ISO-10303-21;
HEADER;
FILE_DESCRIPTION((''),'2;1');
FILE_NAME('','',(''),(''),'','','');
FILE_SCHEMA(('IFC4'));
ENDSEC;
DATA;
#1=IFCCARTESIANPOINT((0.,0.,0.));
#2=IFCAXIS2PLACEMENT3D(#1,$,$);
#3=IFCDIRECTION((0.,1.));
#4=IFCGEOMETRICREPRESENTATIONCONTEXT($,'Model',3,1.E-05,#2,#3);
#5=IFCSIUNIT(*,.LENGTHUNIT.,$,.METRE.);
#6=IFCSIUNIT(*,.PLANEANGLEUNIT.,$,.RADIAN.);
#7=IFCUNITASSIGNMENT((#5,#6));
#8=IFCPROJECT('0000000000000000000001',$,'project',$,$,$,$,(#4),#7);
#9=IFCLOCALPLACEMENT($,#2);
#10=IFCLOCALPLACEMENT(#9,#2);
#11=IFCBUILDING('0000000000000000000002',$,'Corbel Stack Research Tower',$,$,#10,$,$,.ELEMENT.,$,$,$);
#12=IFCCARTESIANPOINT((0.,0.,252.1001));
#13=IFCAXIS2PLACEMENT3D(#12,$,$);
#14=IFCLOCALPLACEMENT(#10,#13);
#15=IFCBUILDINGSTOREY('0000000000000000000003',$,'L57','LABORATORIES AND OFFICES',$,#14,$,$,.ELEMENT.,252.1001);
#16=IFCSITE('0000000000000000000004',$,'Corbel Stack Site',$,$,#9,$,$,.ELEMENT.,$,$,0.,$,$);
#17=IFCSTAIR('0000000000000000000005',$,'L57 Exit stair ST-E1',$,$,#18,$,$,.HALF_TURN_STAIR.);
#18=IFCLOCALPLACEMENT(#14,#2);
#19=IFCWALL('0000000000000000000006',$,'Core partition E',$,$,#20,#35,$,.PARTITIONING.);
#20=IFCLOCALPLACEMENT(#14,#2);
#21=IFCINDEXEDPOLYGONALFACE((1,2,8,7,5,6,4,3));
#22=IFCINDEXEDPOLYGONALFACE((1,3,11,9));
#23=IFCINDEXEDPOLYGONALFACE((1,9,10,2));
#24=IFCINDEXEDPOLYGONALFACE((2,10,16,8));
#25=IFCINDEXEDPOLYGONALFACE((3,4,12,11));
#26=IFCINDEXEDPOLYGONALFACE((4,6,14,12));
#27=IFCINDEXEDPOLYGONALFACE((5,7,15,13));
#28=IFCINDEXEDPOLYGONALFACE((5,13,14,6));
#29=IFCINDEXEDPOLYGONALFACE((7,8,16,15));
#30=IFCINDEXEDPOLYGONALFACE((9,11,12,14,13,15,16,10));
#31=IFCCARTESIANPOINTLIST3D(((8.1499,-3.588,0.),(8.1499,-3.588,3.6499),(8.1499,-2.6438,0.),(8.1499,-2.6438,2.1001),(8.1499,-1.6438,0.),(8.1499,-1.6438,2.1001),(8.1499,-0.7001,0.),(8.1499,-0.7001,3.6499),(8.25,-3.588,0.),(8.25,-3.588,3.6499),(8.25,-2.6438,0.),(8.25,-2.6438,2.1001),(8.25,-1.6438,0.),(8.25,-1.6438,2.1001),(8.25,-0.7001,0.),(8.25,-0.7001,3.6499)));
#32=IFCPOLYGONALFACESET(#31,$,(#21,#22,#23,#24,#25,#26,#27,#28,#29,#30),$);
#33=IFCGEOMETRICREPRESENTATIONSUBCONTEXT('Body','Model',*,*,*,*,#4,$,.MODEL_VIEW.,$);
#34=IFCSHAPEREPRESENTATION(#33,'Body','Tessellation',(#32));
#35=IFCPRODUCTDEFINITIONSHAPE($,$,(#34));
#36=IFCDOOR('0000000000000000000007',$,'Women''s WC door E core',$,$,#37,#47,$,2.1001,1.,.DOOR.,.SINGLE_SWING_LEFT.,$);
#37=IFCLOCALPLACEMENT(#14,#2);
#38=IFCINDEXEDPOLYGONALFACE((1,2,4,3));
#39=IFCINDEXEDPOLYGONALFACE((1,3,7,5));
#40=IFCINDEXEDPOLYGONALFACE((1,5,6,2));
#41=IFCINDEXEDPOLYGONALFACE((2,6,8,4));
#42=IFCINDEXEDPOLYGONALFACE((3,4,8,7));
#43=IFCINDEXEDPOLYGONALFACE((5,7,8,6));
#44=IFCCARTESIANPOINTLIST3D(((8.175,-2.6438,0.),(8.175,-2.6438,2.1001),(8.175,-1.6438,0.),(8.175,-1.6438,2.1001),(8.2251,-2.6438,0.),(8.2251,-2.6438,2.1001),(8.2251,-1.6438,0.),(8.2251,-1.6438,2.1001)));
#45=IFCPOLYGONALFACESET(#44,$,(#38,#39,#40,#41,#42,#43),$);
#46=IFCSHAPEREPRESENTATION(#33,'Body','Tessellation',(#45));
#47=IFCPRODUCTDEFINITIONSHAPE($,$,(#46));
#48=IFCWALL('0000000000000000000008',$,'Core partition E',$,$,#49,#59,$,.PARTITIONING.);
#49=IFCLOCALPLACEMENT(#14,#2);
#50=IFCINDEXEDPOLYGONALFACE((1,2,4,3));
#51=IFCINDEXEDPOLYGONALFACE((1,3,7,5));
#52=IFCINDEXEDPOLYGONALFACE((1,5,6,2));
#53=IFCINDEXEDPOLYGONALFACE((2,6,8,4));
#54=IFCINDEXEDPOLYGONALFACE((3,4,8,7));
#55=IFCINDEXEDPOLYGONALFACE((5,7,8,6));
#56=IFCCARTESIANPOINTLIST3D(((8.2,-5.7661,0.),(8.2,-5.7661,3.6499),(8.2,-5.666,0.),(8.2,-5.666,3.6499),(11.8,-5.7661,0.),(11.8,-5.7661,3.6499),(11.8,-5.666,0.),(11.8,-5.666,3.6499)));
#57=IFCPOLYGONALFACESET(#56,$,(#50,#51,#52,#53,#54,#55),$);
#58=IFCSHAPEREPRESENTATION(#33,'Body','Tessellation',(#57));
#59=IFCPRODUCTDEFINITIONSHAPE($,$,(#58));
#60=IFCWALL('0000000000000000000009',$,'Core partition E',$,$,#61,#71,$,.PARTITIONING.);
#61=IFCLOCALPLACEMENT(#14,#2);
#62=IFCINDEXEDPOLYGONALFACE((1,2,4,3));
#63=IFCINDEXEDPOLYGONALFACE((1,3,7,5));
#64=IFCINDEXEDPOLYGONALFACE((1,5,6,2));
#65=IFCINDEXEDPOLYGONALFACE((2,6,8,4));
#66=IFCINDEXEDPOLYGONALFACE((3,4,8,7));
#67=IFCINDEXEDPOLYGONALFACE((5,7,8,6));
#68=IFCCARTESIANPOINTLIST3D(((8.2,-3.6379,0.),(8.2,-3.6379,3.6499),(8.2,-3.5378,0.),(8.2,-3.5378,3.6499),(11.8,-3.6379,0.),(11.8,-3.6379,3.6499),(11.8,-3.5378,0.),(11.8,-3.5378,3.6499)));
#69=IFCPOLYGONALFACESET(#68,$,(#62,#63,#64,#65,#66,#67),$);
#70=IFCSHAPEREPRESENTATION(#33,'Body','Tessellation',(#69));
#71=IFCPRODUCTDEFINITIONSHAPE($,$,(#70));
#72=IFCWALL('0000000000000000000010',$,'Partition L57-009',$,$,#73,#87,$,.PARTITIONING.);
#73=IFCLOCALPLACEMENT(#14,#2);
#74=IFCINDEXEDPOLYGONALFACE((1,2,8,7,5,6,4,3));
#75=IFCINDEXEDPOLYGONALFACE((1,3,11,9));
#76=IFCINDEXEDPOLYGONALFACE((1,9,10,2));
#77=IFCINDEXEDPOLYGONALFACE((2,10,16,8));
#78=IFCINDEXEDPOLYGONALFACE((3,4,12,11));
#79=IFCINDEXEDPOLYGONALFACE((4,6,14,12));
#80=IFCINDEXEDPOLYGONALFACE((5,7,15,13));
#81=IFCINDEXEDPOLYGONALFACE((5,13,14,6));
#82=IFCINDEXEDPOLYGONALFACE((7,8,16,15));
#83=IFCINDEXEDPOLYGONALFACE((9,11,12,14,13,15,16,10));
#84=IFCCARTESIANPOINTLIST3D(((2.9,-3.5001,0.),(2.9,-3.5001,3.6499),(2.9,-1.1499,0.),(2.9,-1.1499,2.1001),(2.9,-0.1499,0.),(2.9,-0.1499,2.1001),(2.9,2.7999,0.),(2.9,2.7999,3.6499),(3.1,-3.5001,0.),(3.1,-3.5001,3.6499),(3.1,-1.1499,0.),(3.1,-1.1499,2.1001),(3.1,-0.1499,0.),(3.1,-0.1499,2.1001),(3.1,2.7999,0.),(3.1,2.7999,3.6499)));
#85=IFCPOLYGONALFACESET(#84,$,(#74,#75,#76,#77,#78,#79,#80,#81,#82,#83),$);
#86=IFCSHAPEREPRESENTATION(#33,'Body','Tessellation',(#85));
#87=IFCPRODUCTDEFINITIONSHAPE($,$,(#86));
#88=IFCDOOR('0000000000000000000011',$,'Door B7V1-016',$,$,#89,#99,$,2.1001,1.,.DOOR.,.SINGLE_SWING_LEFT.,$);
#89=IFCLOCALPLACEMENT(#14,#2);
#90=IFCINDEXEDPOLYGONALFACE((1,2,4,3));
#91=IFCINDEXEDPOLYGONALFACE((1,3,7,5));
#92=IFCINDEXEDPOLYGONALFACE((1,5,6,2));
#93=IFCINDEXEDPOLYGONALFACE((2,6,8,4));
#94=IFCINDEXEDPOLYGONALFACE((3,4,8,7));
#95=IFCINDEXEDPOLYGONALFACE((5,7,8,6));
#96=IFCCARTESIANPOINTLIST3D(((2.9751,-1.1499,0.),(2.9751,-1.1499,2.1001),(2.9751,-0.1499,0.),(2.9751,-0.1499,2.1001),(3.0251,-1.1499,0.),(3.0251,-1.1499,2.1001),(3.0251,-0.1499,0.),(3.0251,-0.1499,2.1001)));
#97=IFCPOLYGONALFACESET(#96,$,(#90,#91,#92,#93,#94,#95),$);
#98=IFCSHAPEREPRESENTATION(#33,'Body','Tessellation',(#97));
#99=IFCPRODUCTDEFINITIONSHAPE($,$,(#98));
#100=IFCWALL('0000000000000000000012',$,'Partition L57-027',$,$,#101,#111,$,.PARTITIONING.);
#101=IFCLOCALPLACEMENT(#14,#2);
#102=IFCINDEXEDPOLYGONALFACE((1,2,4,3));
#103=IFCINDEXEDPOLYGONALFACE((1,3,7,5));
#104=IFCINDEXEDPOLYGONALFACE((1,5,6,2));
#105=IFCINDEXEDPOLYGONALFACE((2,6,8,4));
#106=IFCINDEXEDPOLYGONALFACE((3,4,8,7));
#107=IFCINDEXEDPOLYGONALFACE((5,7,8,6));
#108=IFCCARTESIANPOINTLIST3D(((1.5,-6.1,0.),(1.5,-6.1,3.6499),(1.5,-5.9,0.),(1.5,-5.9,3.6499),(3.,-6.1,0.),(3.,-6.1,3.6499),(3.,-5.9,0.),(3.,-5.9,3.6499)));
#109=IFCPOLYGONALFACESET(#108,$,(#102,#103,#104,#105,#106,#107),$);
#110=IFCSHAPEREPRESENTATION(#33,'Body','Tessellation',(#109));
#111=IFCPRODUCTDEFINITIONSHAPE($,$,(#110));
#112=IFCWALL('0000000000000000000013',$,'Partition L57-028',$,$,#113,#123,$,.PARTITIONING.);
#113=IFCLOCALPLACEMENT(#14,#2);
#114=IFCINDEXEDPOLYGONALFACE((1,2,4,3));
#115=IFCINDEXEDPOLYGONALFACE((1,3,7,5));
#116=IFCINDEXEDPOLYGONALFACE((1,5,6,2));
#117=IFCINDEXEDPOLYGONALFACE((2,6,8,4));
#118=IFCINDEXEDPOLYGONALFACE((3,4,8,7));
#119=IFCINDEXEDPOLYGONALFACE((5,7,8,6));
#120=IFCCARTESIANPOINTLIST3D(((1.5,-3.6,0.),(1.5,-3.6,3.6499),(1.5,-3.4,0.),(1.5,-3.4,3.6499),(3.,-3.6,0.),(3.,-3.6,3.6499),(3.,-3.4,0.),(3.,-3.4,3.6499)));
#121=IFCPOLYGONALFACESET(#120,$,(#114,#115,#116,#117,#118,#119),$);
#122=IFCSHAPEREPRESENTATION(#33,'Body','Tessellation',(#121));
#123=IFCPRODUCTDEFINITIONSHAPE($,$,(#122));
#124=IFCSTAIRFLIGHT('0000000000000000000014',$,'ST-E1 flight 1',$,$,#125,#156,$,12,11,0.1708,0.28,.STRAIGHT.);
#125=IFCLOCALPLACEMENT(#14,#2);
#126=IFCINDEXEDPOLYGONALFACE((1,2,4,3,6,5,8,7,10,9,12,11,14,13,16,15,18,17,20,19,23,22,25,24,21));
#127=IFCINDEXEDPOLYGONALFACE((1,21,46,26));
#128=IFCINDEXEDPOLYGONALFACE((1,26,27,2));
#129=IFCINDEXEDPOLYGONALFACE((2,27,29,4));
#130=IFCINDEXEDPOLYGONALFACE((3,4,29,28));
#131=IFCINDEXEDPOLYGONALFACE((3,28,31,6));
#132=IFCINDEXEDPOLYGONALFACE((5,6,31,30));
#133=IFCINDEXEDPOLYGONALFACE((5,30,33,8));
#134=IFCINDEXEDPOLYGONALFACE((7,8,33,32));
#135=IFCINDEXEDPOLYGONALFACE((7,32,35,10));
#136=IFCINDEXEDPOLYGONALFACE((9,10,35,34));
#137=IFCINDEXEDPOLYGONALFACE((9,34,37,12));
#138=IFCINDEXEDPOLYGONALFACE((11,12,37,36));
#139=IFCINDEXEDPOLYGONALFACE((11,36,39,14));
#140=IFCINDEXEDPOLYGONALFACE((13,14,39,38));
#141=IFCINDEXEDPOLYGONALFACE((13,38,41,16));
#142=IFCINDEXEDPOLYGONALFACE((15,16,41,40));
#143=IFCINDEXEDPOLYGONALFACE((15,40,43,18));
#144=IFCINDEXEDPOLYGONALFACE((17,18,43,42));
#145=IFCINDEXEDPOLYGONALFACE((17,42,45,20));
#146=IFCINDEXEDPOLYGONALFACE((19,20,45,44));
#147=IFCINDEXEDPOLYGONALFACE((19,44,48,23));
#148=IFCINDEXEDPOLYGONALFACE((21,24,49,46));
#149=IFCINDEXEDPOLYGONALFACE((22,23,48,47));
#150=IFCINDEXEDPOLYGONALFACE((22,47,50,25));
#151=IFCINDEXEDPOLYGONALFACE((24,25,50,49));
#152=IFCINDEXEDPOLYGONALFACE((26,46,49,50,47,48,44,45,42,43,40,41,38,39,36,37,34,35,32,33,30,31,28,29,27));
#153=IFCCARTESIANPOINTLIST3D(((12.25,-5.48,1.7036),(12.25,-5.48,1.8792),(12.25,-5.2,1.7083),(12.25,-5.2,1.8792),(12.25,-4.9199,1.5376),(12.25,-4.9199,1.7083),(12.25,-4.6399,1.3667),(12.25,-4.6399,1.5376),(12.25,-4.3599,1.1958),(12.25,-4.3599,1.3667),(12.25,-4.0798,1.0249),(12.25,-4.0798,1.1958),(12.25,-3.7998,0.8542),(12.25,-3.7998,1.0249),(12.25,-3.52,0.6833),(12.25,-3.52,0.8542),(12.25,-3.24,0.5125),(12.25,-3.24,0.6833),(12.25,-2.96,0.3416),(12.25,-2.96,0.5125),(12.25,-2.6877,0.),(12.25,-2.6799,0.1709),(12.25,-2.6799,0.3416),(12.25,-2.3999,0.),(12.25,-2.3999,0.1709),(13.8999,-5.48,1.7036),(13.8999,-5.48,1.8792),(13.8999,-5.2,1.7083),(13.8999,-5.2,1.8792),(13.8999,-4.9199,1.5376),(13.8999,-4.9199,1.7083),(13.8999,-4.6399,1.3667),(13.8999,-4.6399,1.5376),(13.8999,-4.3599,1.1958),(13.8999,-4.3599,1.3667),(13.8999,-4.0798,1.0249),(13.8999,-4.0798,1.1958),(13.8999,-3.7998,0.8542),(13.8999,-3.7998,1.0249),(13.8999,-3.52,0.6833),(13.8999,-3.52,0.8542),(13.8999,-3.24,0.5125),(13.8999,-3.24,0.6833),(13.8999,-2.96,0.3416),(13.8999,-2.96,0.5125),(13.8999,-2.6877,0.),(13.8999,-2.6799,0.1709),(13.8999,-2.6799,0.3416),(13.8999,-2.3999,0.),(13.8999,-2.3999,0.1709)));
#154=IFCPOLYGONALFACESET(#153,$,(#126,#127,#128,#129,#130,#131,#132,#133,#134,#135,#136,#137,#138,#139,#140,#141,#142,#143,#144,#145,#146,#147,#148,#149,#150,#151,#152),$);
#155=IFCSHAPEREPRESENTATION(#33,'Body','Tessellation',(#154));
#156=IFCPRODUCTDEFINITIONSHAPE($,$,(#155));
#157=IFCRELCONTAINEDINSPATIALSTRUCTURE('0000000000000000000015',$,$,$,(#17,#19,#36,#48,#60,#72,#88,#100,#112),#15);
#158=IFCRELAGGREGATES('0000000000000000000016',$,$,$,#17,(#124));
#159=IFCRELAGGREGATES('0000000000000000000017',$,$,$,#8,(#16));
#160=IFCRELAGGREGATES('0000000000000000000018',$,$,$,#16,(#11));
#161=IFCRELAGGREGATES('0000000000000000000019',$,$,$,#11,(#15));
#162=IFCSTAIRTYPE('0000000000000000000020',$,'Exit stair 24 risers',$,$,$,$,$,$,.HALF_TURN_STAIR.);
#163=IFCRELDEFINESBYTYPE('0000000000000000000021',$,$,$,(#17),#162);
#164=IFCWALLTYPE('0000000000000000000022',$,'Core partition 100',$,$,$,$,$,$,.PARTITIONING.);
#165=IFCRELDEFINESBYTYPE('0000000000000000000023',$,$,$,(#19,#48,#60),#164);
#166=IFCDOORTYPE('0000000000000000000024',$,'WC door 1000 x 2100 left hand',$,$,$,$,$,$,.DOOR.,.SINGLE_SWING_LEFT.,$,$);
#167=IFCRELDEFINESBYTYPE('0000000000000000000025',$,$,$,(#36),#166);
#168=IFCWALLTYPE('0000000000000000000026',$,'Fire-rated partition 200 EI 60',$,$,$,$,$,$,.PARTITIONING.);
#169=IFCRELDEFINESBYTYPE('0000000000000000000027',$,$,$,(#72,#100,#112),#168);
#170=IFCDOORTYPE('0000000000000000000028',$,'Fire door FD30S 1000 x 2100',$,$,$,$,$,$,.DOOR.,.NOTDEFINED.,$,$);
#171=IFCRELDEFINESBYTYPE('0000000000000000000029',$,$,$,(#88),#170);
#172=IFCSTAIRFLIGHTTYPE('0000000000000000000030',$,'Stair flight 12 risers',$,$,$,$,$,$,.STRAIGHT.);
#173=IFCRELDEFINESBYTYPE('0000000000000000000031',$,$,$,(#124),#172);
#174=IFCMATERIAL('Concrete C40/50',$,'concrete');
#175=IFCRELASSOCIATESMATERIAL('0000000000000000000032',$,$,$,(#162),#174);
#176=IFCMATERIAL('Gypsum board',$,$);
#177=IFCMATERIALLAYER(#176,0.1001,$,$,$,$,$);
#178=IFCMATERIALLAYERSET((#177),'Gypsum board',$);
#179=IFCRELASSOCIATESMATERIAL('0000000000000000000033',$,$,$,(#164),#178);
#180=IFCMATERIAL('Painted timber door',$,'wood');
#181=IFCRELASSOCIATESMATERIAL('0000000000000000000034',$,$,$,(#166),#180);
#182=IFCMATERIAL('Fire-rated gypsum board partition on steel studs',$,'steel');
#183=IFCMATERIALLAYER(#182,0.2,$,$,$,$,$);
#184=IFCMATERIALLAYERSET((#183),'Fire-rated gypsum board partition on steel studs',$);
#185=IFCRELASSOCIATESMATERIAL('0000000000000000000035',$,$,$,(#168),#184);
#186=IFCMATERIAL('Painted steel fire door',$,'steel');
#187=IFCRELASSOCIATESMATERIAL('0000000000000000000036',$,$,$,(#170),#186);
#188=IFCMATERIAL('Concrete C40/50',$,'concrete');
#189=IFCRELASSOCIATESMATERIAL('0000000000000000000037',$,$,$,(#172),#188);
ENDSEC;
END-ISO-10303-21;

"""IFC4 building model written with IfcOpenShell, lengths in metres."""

from ifc_helpers import new_model, si_unit, direction, frame, frame_2d, origin, place, context, subcontext, project, spatial, polyline, rectangle, outline, extrude, material, layer, layer_set, type_object, element, fill, aggregate, save


model = new_model("IFC4")

# Units and contexts
model_context = context("Model", 3, precision=1e-05, world=origin(), true_north=direction((0.0, 1.0)))
body_context = subcontext(model_context, "Body", "Model", "MODEL_VIEW")
ifc_project = project(units=[si_unit("LENGTHUNIT", "METRE"), si_unit("PLANEANGLEUNIT", "RADIAN")], contexts=[model_context])

# Site, building, storey
site_placement = place(None, origin())
site = spatial("IfcSite", under=ifc_project, at=site_placement, Name="Corbel Stack Site", CompositionType="ELEMENT", RefElevation=0.0)
building_placement = place(site_placement, origin())
building = spatial("IfcBuilding", under=site, at=building_placement, Name="Corbel Stack Research Tower", CompositionType="ELEMENT")
storey_placement = place(building_placement, frame((0.0, 0.0, 252.1001)))
storey = spatial("IfcBuildingStorey", under=building, at=storey_placement, Name="L57", Description="LABORATORIES AND OFFICES", CompositionType="ELEMENT", Elevation=252.1001)

# Stair
ifc_material_1 = material(Name="Concrete C40/50", Category="concrete")
stair_type = type_object("IfcStairType", Name="Exit stair 24 risers", PredefinedType="HALF_TURN_STAIR", material=ifc_material_1)
stair_1_placement = place(storey_placement, origin())
stair_1 = element("IfcStair", 1, at=stair_1_placement, inside=storey, type_object=stair_type, Name="L57 Exit stair ST-E1", PredefinedType="HALF_TURN_STAIR")

# Wall, opening, door
ifc_material_2 = material(Name="Gypsum board")
ifc_layer_1 = layer(ifc_material_2, 0.1001)
ifc_layer_set_1 = layer_set([ifc_layer_1], Name="Gypsum board")
wall_type_1 = type_object("IfcWallType", Name="Core partition 100", PredefinedType="PARTITIONING", material=ifc_layer_set_1)
wall_1_placement = place(storey_placement, frame((8.2, -3.5879, 0.0), z_axis=(0.0, 0.0, 1.0), x_axis=(0.0, 1.0, 0.0)))
wall_1 = element("IfcWall", 2, at=wall_1_placement, inside=storey, type_object=wall_type_1, Name="Core partition E", PredefinedType="PARTITIONING", context=body_context, shape_type="SweptSolid", body=[
    extrude(rectangle(XDim=2.8879, YDim=0.1001, at=frame_2d((1.4438, 0.0))), origin(), (0.0, 0.0, 1.0), 3.6499),
])
opening_1_placement = place(wall_1_placement, frame((0.9441, 0.0, 0.0)))
opening_1 = element("IfcOpeningElement", 3, at=opening_1_placement, cuts=wall_1, PredefinedType="OPENING", context=body_context, shape_type="SweptSolid", body=[
    extrude(rectangle(XDim=1.0, YDim=2.1001, at=frame_2d((0.5, 1.05))), frame((0.0, 0.0601, 0.0), z_axis=(0.0, -1.0, 0.0), x_axis=(1.0, 0.0, 0.0)), (0.0, 0.0, 1.0), 0.1201),
])
ifc_material_3 = material(Name="Painted timber door", Category="wood")
door_type_1 = type_object("IfcDoorType", Name="WC door 1000 x 2100 left hand", OperationType="SINGLE_SWING_LEFT", PredefinedType="DOOR", material=ifc_material_3)
door_1_placement = place(opening_1_placement, origin())
door_1 = element("IfcDoor", 4, at=door_1_placement, inside=storey, type_object=door_type_1, Name="Women's WC door E core", OperationType="SINGLE_SWING_LEFT", OverallHeight=2.1001, OverallWidth=1.0, PredefinedType="DOOR", context=body_context, shape_type="SweptSolid", body=[
    extrude(rectangle(XDim=1.0, YDim=2.1001, at=frame_2d((0.5, 1.05))), frame((0.0, 0.0249, 0.0), z_axis=(0.0, -1.0, 0.0), x_axis=(1.0, 0.0, 0.0)), (0.0, 0.0, 1.0), 0.05),
])
fill(opening_1, door_1)

# Walls
for number, where, z_axis, x_axis, name in (
    (5, (8.2, -5.7161, 0.0), (0.0, 0.0, 1.0), (1.0, 0.0, 0.0), "Core partition E"),
    (6, (8.2, -3.5879, 0.0), (0.0, 0.0, 1.0), (1.0, 0.0, 0.0), "Core partition E"),
):
    element("IfcWall", number, at=place(storey_placement, frame(where, z_axis=z_axis, x_axis=x_axis)), inside=storey, type_object=wall_type_1, Name=name, PredefinedType="PARTITIONING", context=body_context, shape_type="SweptSolid", body=[
        extrude(rectangle(XDim=3.6001, YDim=0.1001, at=frame_2d((1.8, 0.0))), origin(), (0.0, 0.0, 1.0), 3.6499),
    ])

# Wall, opening, door
ifc_material_4 = material(Name="Fire-rated gypsum board partition on steel studs", Category="steel")
ifc_layer_2 = layer(ifc_material_4, 0.2)
ifc_layer_set_2 = layer_set([ifc_layer_2], Name="Fire-rated gypsum board partition on steel studs")
wall_type_2 = type_object("IfcWallType", Name="Fire-rated partition 200 EI 60", PredefinedType="PARTITIONING", material=ifc_layer_set_2)
wall_2_placement = place(storey_placement, frame((3.0, -3.5, 0.0), z_axis=(0.0, 0.0, 1.0), x_axis=(0.0, 1.0, 0.0)))
wall_2 = element("IfcWall", 7, at=wall_2_placement, inside=storey, type_object=wall_type_2, Name="Partition L57-009", PredefinedType="PARTITIONING", context=body_context, shape_type="SweptSolid", body=[
    extrude(rectangle(XDim=6.3, YDim=0.2, at=frame_2d((3.1499, 0.0))), origin(), (0.0, 0.0, 1.0), 3.6499),
])
opening_2_placement = place(wall_2_placement, frame((2.3501, 0.0, 0.0)))
opening_2 = element("IfcOpeningElement", 8, at=opening_2_placement, cuts=wall_2, PredefinedType="OPENING", context=body_context, shape_type="SweptSolid", body=[
    extrude(rectangle(XDim=1.0, YDim=2.1001, at=frame_2d((0.5, 1.05))), frame((0.0, 0.1099, 0.0), z_axis=(0.0, -1.0, 0.0), x_axis=(1.0, 0.0, 0.0)), (0.0, 0.0, 1.0), 0.22),
])
ifc_material_5 = material(Name="Painted steel fire door", Category="steel")
door_type_2 = type_object("IfcDoorType", Name="Fire door FD30S 1000 x 2100", OperationType="NOTDEFINED", PredefinedType="DOOR", material=ifc_material_5)
door_2_placement = place(opening_2_placement, origin())
door_2 = element("IfcDoor", 9, at=door_2_placement, inside=storey, type_object=door_type_2, Name="Door B7V1-016", OperationType="SINGLE_SWING_LEFT", OverallHeight=2.1001, OverallWidth=1.0, PredefinedType="DOOR", context=body_context, shape_type="SweptSolid", body=[
    extrude(rectangle(XDim=1.0, YDim=2.1001, at=frame_2d((0.5, 1.05))), frame((0.0, 0.0249, 0.0), z_axis=(0.0, -1.0, 0.0), x_axis=(1.0, 0.0, 0.0)), (0.0, 0.0, 1.0), 0.05),
])
fill(opening_2, door_2)

# Walls
for number, where, z_axis, x_axis, name in (
    (10, (1.5, -6.0, 0.0), (0.0, 0.0, 1.0), (1.0, 0.0, 0.0), "Partition L57-027"),
    (11, (1.5, -3.5, 0.0), (0.0, 0.0, 1.0), (1.0, 0.0, 0.0), "Partition L57-028"),
):
    element("IfcWall", number, at=place(storey_placement, frame(where, z_axis=z_axis, x_axis=x_axis)), inside=storey, type_object=wall_type_2, Name=name, PredefinedType="PARTITIONING", context=body_context, shape_type="SweptSolid", body=[
        extrude(rectangle(XDim=1.5, YDim=0.2, at=frame_2d((0.75, 0.0))), origin(), (0.0, 0.0, 1.0), 3.6499),
    ])

# Stair flight
ifc_material_6 = material(Name="Concrete C40/50", Category="concrete")
stair_flight_type = type_object("IfcStairFlightType", Name="Stair flight 12 risers", PredefinedType="STRAIGHT", material=ifc_material_6)
stair_flight_placement = place(storey_placement, frame((13.075, -2.3999, 0.0), z_axis=(0.0, 0.0, 1.0), x_axis=(0.0, -1.0, 0.0)))
stair_flight = element("IfcStairFlight", 12, at=stair_flight_placement, type_object=stair_flight_type, Name="ST-E1 flight 1", NumberOfRisers=12, NumberOfTreads=11, PredefinedType="STRAIGHT", RiserHeight=0.1708, TreadLength=0.28, context=body_context, shape_type="SweptSolid", body=[
    extrude(outline(polyline([(0.0, 0.0), (0.0, 0.1709), (0.28, 0.1709), (0.28, 0.3416), (0.5601, 0.3416), (0.5601, 0.5125), (0.8401, 0.5125), (0.8401, 0.6833), (1.1201, 0.6833), (1.1201, 0.8542), (1.3999, 0.8542), (1.3999, 1.0249), (1.6799, 1.0249), (1.6799, 1.1958), (1.96, 1.1958), (1.96, 1.3667), (2.24, 1.3667), (2.24, 1.5376), (2.52, 1.5376), (2.52, 1.7083), (2.8, 1.7083), (2.8, 1.8792), (3.0801, 1.8792), (3.0801, 2.05), (3.0801, 1.7036), (0.2878, 0.0), (0.0, 0.0)])), frame((0.0, 0.825, 0.0), z_axis=(0.0, -1.0, 0.0), x_axis=(1.0, 0.0, 0.0)), (0.0, 0.0, 1.0), 1.6499),
])
aggregate(stair_1, [stair_flight])

save(model, "model.ifc")
